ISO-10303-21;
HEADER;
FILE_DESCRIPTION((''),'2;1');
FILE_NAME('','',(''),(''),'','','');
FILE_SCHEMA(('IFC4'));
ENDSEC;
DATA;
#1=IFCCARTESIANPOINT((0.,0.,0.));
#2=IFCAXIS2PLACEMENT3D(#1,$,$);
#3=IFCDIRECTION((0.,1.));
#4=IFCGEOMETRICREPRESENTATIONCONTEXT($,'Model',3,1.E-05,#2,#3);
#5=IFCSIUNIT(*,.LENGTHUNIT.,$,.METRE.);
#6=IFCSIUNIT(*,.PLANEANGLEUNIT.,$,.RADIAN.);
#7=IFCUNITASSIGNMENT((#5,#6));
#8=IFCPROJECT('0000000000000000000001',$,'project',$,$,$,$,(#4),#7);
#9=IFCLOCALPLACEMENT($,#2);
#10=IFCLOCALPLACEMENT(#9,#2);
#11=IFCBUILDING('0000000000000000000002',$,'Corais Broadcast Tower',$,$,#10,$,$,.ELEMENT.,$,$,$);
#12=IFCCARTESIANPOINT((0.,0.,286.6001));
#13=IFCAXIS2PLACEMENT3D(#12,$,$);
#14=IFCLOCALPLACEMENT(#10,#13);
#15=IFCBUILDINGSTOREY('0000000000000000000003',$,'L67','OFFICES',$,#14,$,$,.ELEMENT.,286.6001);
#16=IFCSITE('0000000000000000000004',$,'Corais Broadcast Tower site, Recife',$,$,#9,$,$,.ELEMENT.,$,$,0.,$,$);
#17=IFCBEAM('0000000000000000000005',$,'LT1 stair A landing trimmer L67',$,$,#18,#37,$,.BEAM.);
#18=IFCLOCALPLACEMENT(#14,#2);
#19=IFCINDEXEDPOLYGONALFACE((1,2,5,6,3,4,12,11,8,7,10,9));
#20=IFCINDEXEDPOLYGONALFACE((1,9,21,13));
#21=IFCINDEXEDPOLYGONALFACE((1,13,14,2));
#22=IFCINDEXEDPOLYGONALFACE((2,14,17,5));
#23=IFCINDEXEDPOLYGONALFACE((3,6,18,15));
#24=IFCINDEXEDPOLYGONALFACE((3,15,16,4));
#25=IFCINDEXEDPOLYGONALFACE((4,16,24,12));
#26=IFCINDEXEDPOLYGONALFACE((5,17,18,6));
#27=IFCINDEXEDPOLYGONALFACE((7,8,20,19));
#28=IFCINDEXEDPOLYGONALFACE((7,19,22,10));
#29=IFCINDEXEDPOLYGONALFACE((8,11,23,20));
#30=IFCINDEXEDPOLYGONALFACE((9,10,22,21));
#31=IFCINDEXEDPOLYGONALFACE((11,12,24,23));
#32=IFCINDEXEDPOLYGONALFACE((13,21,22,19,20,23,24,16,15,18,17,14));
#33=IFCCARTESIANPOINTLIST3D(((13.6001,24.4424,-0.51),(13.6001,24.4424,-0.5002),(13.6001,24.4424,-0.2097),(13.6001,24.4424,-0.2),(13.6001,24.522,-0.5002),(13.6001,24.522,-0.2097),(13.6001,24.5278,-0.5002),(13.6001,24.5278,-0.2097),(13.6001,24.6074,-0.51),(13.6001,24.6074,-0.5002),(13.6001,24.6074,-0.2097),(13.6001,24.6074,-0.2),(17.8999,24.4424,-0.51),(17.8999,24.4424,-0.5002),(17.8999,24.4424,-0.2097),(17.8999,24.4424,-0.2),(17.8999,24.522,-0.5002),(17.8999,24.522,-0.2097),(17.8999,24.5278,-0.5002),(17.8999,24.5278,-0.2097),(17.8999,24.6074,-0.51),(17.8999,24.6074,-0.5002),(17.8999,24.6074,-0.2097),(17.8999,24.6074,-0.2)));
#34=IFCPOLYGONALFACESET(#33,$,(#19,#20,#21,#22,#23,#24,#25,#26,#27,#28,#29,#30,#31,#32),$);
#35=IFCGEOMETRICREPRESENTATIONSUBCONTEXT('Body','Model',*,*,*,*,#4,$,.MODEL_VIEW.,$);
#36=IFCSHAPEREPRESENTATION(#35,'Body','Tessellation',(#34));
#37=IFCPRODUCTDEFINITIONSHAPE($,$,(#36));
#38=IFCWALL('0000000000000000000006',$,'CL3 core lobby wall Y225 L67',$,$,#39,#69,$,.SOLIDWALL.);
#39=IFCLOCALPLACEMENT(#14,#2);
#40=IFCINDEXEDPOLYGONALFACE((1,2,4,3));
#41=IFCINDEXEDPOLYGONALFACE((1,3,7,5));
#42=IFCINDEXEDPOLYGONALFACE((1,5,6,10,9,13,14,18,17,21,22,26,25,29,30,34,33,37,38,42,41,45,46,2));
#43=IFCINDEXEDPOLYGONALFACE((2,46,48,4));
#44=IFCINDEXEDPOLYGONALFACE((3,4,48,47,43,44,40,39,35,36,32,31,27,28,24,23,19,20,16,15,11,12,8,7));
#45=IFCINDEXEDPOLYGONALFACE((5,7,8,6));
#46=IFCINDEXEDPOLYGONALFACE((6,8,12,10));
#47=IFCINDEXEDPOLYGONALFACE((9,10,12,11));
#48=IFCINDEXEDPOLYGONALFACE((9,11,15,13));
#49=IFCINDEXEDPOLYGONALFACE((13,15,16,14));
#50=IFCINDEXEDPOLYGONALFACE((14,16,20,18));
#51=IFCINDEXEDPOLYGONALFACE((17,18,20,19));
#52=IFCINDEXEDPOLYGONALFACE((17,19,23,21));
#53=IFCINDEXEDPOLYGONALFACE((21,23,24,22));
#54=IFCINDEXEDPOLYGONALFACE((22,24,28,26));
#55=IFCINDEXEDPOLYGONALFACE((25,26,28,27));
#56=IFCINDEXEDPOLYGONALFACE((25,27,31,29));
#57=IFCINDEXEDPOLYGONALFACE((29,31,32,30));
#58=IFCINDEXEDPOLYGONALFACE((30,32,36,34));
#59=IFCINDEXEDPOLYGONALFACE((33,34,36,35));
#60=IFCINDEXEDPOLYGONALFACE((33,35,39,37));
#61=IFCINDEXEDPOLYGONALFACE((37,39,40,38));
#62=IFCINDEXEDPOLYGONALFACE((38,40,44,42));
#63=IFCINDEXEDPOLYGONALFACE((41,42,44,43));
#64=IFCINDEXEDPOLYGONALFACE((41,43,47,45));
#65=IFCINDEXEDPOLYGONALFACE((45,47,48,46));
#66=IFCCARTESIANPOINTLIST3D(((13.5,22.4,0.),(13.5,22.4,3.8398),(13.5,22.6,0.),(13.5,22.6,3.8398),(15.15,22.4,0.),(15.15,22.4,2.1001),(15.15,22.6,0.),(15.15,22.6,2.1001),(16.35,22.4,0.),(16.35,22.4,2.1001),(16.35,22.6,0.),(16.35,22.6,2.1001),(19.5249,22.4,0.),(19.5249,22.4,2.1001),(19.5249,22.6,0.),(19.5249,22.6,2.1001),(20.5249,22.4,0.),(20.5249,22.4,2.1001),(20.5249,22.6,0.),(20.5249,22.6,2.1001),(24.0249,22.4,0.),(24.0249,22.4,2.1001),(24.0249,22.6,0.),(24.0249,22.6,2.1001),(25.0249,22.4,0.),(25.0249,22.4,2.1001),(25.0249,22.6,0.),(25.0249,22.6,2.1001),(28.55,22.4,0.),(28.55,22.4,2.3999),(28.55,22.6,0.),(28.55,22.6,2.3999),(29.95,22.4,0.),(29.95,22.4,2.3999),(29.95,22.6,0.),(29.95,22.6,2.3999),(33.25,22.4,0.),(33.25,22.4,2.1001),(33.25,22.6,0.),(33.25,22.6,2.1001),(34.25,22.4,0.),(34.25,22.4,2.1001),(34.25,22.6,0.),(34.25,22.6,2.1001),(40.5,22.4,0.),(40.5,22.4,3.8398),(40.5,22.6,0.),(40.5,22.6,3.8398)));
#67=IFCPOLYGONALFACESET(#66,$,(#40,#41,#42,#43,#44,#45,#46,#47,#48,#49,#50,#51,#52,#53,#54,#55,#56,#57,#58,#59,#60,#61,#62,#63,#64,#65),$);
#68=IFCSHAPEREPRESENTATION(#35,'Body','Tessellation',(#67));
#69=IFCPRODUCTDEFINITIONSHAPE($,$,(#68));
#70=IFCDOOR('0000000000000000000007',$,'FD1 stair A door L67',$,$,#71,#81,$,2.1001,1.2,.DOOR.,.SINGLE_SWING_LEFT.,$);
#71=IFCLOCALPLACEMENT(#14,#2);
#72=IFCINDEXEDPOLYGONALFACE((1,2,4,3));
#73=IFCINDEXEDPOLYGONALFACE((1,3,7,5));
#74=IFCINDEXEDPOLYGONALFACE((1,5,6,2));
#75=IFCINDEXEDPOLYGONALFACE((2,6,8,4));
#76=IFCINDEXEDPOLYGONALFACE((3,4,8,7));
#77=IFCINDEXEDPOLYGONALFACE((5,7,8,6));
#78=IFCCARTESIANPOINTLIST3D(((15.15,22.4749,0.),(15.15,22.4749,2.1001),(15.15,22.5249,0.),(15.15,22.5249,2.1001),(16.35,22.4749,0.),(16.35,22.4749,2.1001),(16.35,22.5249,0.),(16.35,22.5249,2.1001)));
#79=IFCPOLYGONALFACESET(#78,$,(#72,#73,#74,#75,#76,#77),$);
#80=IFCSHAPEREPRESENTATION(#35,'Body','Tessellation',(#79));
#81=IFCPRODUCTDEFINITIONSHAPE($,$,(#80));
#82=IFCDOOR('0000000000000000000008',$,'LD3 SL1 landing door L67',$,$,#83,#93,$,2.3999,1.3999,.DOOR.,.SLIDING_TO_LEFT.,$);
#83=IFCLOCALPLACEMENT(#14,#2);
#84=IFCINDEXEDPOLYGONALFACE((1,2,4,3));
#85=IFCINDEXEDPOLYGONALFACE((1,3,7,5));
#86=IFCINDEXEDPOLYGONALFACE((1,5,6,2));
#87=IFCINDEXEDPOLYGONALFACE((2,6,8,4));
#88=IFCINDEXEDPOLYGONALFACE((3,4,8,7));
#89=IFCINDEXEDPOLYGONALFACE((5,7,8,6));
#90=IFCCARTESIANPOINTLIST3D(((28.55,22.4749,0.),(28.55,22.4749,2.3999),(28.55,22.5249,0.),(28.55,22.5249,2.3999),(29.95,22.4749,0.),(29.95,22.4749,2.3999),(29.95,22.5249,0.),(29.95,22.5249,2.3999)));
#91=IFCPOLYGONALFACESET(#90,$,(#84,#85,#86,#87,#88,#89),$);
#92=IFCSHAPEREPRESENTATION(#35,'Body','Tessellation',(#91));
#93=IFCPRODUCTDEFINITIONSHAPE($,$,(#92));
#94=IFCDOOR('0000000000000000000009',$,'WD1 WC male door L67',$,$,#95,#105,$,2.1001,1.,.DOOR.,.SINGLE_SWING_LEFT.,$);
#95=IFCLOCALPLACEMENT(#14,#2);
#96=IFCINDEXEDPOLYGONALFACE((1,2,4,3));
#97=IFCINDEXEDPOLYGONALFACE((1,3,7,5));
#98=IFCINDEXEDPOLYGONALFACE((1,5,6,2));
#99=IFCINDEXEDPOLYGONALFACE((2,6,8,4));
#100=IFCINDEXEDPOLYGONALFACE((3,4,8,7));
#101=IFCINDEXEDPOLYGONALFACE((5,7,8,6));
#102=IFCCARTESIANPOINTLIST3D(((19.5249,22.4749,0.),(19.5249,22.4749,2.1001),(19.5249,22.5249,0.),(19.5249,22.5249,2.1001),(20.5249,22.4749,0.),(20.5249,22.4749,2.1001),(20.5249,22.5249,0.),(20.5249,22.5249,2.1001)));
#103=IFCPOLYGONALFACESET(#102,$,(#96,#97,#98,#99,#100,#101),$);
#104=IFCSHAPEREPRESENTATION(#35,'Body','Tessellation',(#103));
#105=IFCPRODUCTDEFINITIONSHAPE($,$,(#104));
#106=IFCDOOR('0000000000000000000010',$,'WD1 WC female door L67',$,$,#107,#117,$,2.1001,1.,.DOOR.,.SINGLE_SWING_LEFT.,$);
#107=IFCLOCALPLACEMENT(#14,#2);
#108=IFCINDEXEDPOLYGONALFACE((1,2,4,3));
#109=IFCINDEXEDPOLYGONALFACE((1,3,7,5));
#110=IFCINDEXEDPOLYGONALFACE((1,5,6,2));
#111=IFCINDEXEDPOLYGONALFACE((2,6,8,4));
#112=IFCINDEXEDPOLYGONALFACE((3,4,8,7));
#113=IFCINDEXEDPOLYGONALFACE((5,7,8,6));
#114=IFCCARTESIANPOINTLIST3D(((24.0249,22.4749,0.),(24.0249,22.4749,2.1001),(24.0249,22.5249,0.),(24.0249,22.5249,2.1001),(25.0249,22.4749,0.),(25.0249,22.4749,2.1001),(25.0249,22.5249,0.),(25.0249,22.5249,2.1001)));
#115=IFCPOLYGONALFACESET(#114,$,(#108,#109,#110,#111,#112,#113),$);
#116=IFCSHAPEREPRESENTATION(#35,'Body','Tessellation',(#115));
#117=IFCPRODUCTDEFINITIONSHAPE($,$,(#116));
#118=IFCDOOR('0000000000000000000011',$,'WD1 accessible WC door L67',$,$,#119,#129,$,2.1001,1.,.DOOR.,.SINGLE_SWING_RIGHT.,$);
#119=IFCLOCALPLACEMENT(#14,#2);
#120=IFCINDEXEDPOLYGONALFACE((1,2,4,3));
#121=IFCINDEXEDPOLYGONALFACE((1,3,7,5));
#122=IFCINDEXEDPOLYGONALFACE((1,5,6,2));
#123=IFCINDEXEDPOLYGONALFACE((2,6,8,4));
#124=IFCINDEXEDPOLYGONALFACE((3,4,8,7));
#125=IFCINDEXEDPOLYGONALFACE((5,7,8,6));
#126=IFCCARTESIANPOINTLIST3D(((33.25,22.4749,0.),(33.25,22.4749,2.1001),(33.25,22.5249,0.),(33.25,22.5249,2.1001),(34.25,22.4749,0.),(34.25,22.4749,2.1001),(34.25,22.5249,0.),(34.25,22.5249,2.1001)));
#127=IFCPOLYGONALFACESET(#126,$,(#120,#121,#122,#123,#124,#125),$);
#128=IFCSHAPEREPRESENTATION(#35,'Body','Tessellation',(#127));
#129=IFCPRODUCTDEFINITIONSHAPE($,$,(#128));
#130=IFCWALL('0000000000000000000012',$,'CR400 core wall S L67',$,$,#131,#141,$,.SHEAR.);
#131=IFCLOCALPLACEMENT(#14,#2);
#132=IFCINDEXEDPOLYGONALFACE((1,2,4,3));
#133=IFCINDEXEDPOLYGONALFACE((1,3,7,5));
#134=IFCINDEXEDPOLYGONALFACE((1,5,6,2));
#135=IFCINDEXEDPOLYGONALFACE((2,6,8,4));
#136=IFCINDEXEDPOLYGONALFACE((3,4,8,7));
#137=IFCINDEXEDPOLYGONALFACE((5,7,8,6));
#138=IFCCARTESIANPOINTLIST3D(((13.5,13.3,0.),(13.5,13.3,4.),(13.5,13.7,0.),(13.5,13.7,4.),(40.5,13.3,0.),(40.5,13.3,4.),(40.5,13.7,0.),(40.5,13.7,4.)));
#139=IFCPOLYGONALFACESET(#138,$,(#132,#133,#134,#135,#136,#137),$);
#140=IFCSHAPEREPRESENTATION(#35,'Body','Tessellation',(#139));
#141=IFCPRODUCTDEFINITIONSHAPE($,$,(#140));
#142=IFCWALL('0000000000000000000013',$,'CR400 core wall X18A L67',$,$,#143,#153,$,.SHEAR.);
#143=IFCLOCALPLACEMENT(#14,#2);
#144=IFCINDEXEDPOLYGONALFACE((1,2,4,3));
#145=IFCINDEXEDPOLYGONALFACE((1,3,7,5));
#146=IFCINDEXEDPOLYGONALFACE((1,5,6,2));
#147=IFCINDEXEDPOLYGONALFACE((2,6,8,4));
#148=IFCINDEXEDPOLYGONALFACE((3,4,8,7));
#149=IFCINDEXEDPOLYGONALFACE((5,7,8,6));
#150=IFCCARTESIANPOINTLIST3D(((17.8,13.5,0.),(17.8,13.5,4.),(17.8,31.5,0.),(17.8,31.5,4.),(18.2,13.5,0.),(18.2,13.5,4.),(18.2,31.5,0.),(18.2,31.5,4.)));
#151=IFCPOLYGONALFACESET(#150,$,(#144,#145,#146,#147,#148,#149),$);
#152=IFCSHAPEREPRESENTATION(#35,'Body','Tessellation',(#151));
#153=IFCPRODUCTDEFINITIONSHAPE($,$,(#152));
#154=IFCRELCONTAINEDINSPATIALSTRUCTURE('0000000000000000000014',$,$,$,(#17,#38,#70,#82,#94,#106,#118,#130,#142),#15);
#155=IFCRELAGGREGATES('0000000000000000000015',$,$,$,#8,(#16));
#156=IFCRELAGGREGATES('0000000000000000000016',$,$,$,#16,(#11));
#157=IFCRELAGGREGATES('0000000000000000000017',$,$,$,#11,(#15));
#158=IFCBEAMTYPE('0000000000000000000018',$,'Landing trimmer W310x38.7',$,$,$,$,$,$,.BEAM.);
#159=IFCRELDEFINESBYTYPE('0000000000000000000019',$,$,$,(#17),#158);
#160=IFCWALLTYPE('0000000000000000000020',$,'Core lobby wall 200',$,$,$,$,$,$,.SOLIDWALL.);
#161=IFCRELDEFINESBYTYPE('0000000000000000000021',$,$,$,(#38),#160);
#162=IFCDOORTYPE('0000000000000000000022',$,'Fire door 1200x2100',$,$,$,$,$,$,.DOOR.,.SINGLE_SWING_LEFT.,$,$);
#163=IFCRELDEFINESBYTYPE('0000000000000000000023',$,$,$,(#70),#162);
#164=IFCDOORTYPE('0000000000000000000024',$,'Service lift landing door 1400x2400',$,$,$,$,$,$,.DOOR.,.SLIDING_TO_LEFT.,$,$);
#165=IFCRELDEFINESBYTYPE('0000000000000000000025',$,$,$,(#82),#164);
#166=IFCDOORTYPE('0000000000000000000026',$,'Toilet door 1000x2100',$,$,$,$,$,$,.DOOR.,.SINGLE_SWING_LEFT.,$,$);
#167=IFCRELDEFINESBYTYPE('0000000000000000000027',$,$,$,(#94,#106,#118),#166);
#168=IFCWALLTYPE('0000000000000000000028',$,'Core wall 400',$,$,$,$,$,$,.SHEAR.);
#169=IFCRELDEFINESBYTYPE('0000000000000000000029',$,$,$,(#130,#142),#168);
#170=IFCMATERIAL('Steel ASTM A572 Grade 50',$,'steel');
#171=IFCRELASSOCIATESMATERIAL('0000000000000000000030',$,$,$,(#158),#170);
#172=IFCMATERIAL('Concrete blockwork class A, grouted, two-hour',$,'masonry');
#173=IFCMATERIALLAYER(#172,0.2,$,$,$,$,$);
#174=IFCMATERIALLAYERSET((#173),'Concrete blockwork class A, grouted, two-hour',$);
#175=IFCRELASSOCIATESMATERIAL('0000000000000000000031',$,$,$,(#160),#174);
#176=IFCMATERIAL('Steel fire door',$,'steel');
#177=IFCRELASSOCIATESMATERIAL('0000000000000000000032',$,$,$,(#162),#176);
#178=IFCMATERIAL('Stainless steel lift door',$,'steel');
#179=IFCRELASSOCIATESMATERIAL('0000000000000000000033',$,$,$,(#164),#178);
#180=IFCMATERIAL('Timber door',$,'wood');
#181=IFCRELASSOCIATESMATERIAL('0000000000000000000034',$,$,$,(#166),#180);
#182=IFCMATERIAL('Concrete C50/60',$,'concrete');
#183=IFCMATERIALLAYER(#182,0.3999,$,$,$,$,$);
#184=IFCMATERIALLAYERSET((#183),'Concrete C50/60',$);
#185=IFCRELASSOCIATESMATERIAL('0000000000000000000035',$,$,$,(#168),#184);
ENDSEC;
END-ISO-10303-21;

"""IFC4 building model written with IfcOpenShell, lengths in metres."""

from ifc_helpers import new_model, si_unit, direction, frame, frame_2d, origin, origin_2d, place, context, subcontext, project, spatial, rectangle, i_section, extrude, material, layer, layer_set, material_profile, profile_set, type_object, element, fill, save


model = new_model("IFC4")

# Units and contexts
model_context = context("Model", 3, precision=1e-05, world=origin(), true_north=direction((0.0, 1.0)))
body_context = subcontext(model_context, "Body", "Model", "MODEL_VIEW")
ifc_project = project(units=[si_unit("LENGTHUNIT", "METRE"), si_unit("PLANEANGLEUNIT", "RADIAN")], contexts=[model_context])

# Site, building, storey
site_placement = place(None, origin())
site = spatial("IfcSite", under=ifc_project, at=site_placement, Name="Corais Broadcast Tower site, Recife", CompositionType="ELEMENT", RefElevation=0.0)
building_placement = place(site_placement, origin())
building = spatial("IfcBuilding", under=site, at=building_placement, Name="Corais Broadcast Tower", CompositionType="ELEMENT")
storey_placement = place(building_placement, frame((0.0, 0.0, 286.6001)))
storey = spatial("IfcBuildingStorey", under=building, at=storey_placement, Name="L67", Description="OFFICES", CompositionType="ELEMENT", Elevation=286.6001)

# Beam
ifc_material_1 = material(Name="Steel ASTM A572 Grade 50", Category="steel")
ifc_material_profile = material_profile(ifc_material_1, i_section(OverallWidth=0.165, OverallDepth=0.3101, WebThickness=0.0059, FlangeThickness=0.0098, at=origin_2d()), Name="W310x38.7")
ifc_profile_set = profile_set([ifc_material_profile], Name="Steel ASTM A572 Grade 50")
beam_type = type_object("IfcBeamType", Name="Landing trimmer W310x38.7", PredefinedType="BEAM", material=ifc_profile_set)
beam_placement = place(storey_placement, frame((13.6001, 24.5249, -0.355), z_axis=(1.0, 0.0, 0.0), x_axis=(0.0, 1.0, 0.0)))
element("IfcBeam", 1, at=beam_placement, inside=storey, type_object=beam_type, Name="LT1 stair A landing trimmer L67", PredefinedType="BEAM", context=body_context, shape_type="SweptSolid", body=[
    extrude(i_section(OverallWidth=0.165, OverallDepth=0.3101, WebThickness=0.0059, FlangeThickness=0.0098, at=origin_2d()), origin(), (0.0, 0.0, 1.0), 4.2998),
])

# Wall, openings, doors
ifc_material_2 = material(Name="Concrete blockwork class A, grouted, two-hour", Category="masonry")
ifc_layer_1 = layer(ifc_material_2, 0.2)
ifc_layer_set_1 = layer_set([ifc_layer_1], Name="Concrete blockwork class A, grouted, two-hour")
wall_type_1 = type_object("IfcWallType", Name="Core lobby wall 200", PredefinedType="SOLIDWALL", material=ifc_layer_set_1)
wall_1_placement = place(storey_placement, frame((13.5, 22.5, 0.0), z_axis=(0.0, 0.0, 1.0), x_axis=(1.0, 0.0, 0.0)))
wall_1 = element("IfcWall", 2, at=wall_1_placement, inside=storey, type_object=wall_type_1, Name="CL3 core lobby wall Y225 L67", PredefinedType="SOLIDWALL", context=body_context, shape_type="SweptSolid", body=[
    extrude(rectangle(XDim=27.0, YDim=0.2, at=frame_2d((13.5, 0.0))), origin(), (0.0, 0.0, 1.0), 3.8398),
])
opening_1_placement = place(wall_1_placement, frame((1.6499, 0.0, 0.0)))
opening_1 = element("IfcOpeningElement", 3, at=opening_1_placement, cuts=wall_1, PredefinedType="OPENING", context=body_context, shape_type="SweptSolid", body=[
    extrude(rectangle(XDim=1.2, YDim=2.1001, at=frame_2d((0.6001, 1.05))), frame((0.0, 0.1099, 0.0), z_axis=(0.0, -1.0, 0.0), x_axis=(1.0, 0.0, 0.0)), (0.0, 0.0, 1.0), 0.22),
])
opening_2_placement = place(wall_1_placement, frame((6.0249, 0.0, 0.0)))
opening_2 = element("IfcOpeningElement", 4, at=opening_2_placement, cuts=wall_1, PredefinedType="OPENING", context=body_context, shape_type="SweptSolid", body=[
    extrude(rectangle(XDim=1.0, YDim=2.1001, at=frame_2d((0.5, 1.05))), frame((0.0, 0.1099, 0.0), z_axis=(0.0, -1.0, 0.0), x_axis=(1.0, 0.0, 0.0)), (0.0, 0.0, 1.0), 0.22),
])
opening_3_placement = place(wall_1_placement, frame((10.5249, 0.0, 0.0)))
opening_3 = element("IfcOpeningElement", 5, at=opening_3_placement, cuts=wall_1, PredefinedType="OPENING", context=body_context, shape_type="SweptSolid", body=[
    extrude(rectangle(XDim=1.0, YDim=2.1001, at=frame_2d((0.5, 1.05))), frame((0.0, 0.1099, 0.0), z_axis=(0.0, -1.0, 0.0), x_axis=(1.0, 0.0, 0.0)), (0.0, 0.0, 1.0), 0.22),
])
opening_4_placement = place(wall_1_placement, frame((19.75, 0.0, 0.0)))
opening_4 = element("IfcOpeningElement", 6, at=opening_4_placement, cuts=wall_1, PredefinedType="OPENING", context=body_context, shape_type="SweptSolid", body=[
    extrude(rectangle(XDim=1.0, YDim=2.1001, at=frame_2d((0.5, 1.05))), frame((0.0, 0.1099, 0.0), z_axis=(0.0, -1.0, 0.0), x_axis=(1.0, 0.0, 0.0)), (0.0, 0.0, 1.0), 0.22),
])
opening_5_placement = place(wall_1_placement, frame((15.05, 0.0, 0.0)))
opening_5 = element("IfcOpeningElement", 7, at=opening_5_placement, cuts=wall_1, PredefinedType="OPENING", context=body_context, shape_type="SweptSolid", body=[
    extrude(rectangle(XDim=1.3999, YDim=2.3999, at=frame_2d((0.7, 1.2))), frame((0.0, 0.1099, 0.0), z_axis=(0.0, -1.0, 0.0), x_axis=(1.0, 0.0, 0.0)), (0.0, 0.0, 1.0), 0.22),
])
ifc_material_3 = material(Name="Steel fire door", Category="steel")
door_type_1 = type_object("IfcDoorType", Name="Fire door 1200x2100", OperationType="SINGLE_SWING_LEFT", PredefinedType="DOOR", material=ifc_material_3)
door_1_placement = place(opening_1_placement, origin())
door_1 = element("IfcDoor", 8, at=door_1_placement, inside=storey, type_object=door_type_1, Name="FD1 stair A door L67", OperationType="SINGLE_SWING_LEFT", OverallHeight=2.1001, OverallWidth=1.2, PredefinedType="DOOR", context=body_context, shape_type="SweptSolid", body=[
    extrude(rectangle(XDim=1.2, YDim=2.1001, at=frame_2d((0.6001, 1.05))), frame((0.0, 0.0249, 0.0), z_axis=(0.0, -1.0, 0.0), x_axis=(1.0, 0.0, 0.0)), (0.0, 0.0, 1.0), 0.05),
])
fill(opening_1, door_1)
ifc_material_4 = material(Name="Stainless steel lift door", Category="steel")
door_type_2 = type_object("IfcDoorType", Name="Service lift landing door 1400x2400", OperationType="SLIDING_TO_LEFT", PredefinedType="DOOR", material=ifc_material_4)
door_2_placement = place(opening_5_placement, origin())
door_2 = element("IfcDoor", 9, at=door_2_placement, inside=storey, type_object=door_type_2, Name="LD3 SL1 landing door L67", OperationType="SLIDING_TO_LEFT", OverallHeight=2.3999, OverallWidth=1.3999, PredefinedType="DOOR", context=body_context, shape_type="SweptSolid", body=[
    extrude(rectangle(XDim=1.3999, YDim=2.3999, at=frame_2d((0.7, 1.2))), frame((0.0, 0.0249, 0.0), z_axis=(0.0, -1.0, 0.0), x_axis=(1.0, 0.0, 0.0)), (0.0, 0.0, 1.0), 0.05),
])
fill(opening_5, door_2)
ifc_material_5 = material(Name="Timber door", Category="wood")
door_type_3 = type_object("IfcDoorType", Name="Toilet door 1000x2100", OperationType="SINGLE_SWING_LEFT", PredefinedType="DOOR", material=ifc_material_5)
door_3_placement = place(opening_2_placement, origin())
door_3 = element("IfcDoor", 10, at=door_3_placement, inside=storey, type_object=door_type_3, Name="WD1 WC male door L67", OperationType="SINGLE_SWING_LEFT", OverallHeight=2.1001, OverallWidth=1.0, PredefinedType="DOOR", context=body_context, shape_type="SweptSolid", body=[
    extrude(rectangle(XDim=1.0, YDim=2.1001, at=frame_2d((0.5, 1.05))), frame((0.0, 0.0249, 0.0), z_axis=(0.0, -1.0, 0.0), x_axis=(1.0, 0.0, 0.0)), (0.0, 0.0, 1.0), 0.05),
])
fill(opening_2, door_3)
door_4_placement = place(opening_3_placement, origin())
door_4 = element("IfcDoor", 11, at=door_4_placement, inside=storey, type_object=door_type_3, Name="WD1 WC female door L67", OperationType="SINGLE_SWING_LEFT", OverallHeight=2.1001, OverallWidth=1.0, PredefinedType="DOOR", context=body_context, shape_type="SweptSolid", body=[
    extrude(rectangle(XDim=1.0, YDim=2.1001, at=frame_2d((0.5, 1.05))), frame((0.0, 0.0249, 0.0), z_axis=(0.0, -1.0, 0.0), x_axis=(1.0, 0.0, 0.0)), (0.0, 0.0, 1.0), 0.05),
])
fill(opening_3, door_4)
door_5_placement = place(opening_4_placement, origin())
door_5 = element("IfcDoor", 12, at=door_5_placement, inside=storey, type_object=door_type_3, Name="WD1 accessible WC door L67", OperationType="SINGLE_SWING_RIGHT", OverallHeight=2.1001, OverallWidth=1.0, PredefinedType="DOOR", context=body_context, shape_type="SweptSolid", body=[
    extrude(rectangle(XDim=1.0, YDim=2.1001, at=frame_2d((0.5, 1.05))), frame((0.0, 0.0249, 0.0), z_axis=(0.0, -1.0, 0.0), x_axis=(1.0, 0.0, 0.0)), (0.0, 0.0, 1.0), 0.05),
])
fill(opening_4, door_5)

# Walls
ifc_material_6 = material(Name="Concrete C50/60", Category="concrete")
ifc_layer_2 = layer(ifc_material_6, 0.3999)
ifc_layer_set_2 = layer_set([ifc_layer_2], Name="Concrete C50/60")
wall_type_2 = type_object("IfcWallType", Name="Core wall 400", PredefinedType="SHEAR", material=ifc_layer_set_2)
wall_2_placement = place(storey_placement, frame((13.5, 13.5, 0.0), z_axis=(0.0, 0.0, 1.0), x_axis=(1.0, 0.0, 0.0)))
element("IfcWall", 13, at=wall_2_placement, inside=storey, type_object=wall_type_2, Name="CR400 core wall S L67", PredefinedType="SHEAR", context=body_context, shape_type="SweptSolid", body=[
    extrude(rectangle(XDim=27.0, YDim=0.3999, at=frame_2d((13.5, 0.0))), origin(), (0.0, 0.0, 1.0), 4.0),
])
wall_3_placement = place(storey_placement, frame((18.0, 13.5, 0.0), z_axis=(0.0, 0.0, 1.0), x_axis=(0.0, 1.0, 0.0)))
element("IfcWall", 14, at=wall_3_placement, inside=storey, type_object=wall_type_2, Name="CR400 core wall X18A L67", PredefinedType="SHEAR", context=body_context, shape_type="SweptSolid", body=[
    extrude(rectangle(XDim=18.0, YDim=0.3999, at=frame_2d((9.0, 0.0))), origin(), (0.0, 0.0, 1.0), 4.0),
])

save(model, "model.ifc")
